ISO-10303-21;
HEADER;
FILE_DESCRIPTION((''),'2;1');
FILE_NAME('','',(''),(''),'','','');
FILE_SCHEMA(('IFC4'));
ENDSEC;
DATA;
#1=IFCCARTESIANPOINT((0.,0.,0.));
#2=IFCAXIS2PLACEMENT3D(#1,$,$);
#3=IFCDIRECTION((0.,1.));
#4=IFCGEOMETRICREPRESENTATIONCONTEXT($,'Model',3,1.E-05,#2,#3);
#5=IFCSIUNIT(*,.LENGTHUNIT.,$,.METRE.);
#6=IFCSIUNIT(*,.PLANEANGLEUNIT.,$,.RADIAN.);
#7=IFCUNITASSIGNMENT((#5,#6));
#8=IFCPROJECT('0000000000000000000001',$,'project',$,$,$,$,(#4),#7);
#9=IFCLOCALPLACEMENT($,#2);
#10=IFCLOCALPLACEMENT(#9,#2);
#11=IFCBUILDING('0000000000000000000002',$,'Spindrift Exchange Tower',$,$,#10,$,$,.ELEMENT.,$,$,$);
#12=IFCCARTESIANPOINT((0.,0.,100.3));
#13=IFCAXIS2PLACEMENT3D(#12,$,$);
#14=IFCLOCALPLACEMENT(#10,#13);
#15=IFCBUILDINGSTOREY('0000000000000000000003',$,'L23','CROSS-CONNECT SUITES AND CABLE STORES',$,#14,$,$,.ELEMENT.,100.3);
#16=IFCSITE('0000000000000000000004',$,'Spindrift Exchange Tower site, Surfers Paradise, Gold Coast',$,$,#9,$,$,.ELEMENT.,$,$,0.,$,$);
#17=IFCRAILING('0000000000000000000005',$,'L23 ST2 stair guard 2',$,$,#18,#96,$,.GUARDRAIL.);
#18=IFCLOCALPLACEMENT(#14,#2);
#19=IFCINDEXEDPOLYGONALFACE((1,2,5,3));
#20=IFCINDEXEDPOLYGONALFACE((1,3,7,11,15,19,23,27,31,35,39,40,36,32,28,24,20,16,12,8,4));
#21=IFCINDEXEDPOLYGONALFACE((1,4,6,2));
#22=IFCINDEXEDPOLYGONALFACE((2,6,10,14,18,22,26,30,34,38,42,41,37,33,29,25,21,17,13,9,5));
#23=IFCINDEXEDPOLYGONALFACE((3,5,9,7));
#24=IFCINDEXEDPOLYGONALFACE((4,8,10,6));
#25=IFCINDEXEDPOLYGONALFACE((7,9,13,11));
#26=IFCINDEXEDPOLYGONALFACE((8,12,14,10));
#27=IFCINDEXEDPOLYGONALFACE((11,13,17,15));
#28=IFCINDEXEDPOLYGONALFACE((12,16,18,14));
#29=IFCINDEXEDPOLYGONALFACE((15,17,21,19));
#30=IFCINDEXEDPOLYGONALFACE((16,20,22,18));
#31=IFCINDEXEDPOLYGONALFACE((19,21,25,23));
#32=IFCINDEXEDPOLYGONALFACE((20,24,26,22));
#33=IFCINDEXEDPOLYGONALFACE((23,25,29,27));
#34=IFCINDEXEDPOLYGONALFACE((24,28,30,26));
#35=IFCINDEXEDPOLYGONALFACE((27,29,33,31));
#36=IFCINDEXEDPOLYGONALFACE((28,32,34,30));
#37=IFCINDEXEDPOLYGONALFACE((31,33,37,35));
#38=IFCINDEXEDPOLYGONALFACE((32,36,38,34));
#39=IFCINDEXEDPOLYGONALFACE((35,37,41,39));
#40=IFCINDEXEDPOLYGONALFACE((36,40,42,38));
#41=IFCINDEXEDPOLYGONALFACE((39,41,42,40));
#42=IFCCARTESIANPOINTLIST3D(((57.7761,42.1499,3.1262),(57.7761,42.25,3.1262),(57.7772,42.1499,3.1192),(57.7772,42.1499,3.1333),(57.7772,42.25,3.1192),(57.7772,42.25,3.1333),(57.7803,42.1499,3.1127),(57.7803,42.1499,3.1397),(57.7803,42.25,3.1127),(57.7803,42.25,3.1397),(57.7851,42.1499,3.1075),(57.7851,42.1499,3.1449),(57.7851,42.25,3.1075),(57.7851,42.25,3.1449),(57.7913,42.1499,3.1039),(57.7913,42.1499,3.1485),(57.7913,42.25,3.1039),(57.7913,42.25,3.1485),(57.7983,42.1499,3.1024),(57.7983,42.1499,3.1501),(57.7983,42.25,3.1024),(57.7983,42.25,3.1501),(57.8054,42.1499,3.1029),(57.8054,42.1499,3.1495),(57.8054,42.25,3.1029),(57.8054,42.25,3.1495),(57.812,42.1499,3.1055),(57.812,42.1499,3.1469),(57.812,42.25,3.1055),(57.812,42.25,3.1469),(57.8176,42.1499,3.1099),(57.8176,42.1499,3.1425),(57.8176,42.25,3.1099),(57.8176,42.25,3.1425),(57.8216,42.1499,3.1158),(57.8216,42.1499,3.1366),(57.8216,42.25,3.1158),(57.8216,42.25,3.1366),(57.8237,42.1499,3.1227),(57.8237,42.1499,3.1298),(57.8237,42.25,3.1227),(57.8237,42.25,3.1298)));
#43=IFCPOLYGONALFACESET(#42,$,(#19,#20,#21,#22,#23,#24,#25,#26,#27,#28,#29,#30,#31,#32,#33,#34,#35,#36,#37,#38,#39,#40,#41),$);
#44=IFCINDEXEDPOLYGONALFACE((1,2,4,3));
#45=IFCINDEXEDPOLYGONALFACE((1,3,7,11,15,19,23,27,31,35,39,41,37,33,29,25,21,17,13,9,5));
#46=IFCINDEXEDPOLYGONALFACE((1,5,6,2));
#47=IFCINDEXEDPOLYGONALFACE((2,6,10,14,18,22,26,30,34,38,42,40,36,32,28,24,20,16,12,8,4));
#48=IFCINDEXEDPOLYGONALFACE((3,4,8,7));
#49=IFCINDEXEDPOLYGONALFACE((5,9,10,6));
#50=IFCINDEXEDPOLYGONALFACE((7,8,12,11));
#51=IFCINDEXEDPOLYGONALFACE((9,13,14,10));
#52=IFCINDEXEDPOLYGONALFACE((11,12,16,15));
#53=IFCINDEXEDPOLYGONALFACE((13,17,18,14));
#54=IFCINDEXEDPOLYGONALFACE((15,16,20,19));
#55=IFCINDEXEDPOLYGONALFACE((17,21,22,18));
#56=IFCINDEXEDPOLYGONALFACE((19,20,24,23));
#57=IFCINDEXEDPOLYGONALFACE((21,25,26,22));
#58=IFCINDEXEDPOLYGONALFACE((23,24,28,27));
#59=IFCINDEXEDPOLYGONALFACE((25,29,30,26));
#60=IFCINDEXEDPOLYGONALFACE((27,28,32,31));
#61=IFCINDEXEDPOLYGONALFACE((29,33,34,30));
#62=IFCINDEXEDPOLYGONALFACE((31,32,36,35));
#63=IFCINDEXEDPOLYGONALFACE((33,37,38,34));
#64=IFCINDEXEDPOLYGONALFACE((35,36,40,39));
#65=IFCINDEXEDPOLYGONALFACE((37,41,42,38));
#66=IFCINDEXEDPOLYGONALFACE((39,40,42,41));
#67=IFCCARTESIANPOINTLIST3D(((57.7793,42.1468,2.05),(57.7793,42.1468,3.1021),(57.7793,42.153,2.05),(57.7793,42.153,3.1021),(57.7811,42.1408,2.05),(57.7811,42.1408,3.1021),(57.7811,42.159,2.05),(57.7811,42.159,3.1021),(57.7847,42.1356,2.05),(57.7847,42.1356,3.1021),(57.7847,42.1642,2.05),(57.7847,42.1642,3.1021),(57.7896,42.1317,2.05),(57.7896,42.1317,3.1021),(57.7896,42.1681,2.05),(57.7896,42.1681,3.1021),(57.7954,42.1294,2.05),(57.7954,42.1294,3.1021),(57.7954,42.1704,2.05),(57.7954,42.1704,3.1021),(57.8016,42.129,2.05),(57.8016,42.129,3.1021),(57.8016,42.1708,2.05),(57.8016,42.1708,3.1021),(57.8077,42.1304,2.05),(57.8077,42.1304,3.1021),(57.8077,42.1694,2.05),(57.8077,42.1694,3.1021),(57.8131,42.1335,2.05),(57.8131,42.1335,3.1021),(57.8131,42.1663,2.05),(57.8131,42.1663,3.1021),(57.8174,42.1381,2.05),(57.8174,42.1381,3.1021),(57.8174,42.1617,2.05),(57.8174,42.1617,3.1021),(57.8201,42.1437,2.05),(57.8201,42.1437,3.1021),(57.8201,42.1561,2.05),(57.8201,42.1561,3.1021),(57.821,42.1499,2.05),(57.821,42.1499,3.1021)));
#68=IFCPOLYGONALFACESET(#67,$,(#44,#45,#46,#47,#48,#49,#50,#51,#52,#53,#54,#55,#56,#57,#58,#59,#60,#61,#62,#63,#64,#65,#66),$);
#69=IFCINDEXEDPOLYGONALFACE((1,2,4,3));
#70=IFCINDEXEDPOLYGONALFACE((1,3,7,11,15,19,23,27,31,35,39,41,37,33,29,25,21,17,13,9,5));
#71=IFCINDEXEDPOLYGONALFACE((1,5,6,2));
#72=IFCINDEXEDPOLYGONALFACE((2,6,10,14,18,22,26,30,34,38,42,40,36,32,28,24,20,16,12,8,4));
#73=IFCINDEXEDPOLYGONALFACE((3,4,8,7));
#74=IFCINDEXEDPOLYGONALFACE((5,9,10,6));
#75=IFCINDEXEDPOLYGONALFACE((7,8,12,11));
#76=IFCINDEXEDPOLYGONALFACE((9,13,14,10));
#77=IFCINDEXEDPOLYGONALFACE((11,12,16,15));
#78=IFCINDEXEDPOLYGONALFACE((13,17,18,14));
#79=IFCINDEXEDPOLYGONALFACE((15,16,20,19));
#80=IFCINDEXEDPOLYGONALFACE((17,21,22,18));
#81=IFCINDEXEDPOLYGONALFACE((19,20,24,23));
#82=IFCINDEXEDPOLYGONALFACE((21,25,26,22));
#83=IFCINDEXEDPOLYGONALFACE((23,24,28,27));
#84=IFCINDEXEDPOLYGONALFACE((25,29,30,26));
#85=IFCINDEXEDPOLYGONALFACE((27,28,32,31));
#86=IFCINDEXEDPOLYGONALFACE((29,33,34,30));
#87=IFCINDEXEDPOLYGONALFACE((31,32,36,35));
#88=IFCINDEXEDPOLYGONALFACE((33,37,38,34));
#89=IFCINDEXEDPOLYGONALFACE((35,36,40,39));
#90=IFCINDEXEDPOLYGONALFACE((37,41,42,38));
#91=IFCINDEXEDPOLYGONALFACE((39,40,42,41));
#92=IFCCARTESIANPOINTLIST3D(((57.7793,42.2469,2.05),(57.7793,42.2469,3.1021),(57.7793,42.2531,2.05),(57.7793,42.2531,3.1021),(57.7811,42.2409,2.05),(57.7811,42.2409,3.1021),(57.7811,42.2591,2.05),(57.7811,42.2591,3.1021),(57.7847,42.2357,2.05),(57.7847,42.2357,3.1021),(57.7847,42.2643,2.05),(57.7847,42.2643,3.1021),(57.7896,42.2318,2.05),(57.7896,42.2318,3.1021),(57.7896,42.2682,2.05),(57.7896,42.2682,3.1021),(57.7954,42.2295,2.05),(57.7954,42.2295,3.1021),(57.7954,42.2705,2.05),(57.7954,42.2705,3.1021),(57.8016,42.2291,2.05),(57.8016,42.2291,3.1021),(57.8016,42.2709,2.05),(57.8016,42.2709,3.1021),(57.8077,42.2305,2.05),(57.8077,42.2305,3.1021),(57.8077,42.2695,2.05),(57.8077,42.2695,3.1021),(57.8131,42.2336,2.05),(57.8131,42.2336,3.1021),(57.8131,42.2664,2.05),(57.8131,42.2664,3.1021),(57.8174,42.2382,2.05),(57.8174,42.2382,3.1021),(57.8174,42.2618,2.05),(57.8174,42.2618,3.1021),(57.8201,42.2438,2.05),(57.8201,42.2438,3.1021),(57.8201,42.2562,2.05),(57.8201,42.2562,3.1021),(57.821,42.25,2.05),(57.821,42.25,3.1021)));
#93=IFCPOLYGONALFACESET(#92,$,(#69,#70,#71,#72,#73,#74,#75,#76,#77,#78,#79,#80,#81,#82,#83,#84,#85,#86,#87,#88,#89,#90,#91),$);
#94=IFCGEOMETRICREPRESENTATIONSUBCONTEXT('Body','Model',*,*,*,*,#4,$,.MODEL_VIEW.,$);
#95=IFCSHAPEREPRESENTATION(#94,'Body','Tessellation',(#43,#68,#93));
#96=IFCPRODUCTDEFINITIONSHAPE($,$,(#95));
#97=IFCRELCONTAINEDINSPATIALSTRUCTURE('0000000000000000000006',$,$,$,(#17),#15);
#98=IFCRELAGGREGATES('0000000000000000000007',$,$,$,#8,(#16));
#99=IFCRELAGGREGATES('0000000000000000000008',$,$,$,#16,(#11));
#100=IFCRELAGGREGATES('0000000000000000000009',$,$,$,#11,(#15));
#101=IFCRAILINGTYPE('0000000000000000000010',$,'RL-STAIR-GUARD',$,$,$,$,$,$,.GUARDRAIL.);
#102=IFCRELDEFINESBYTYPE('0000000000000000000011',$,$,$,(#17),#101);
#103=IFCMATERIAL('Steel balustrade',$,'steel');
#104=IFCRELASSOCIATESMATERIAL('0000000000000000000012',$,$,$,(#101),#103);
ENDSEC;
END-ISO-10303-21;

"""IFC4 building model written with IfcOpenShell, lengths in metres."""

from ifc_helpers import new_model, si_unit, direction, frame, origin, origin_2d, place, context, subcontext, project, spatial, circle, extrude, material, type_object, element, save


model = new_model("IFC4")

# Units and contexts
model_context = context("Model", 3, precision=1e-05, world=origin(), true_north=direction((0.0, 1.0)))
body_context = subcontext(model_context, "Body", "Model", "MODEL_VIEW")
ifc_project = project(units=[si_unit("LENGTHUNIT", "METRE"), si_unit("PLANEANGLEUNIT", "RADIAN")], contexts=[model_context])

# Site, building, storey
site_placement = place(None, origin())
site = spatial("IfcSite", under=ifc_project, at=site_placement, Name="Spindrift Exchange Tower site, Surfers Paradise, Gold Coast", CompositionType="ELEMENT", RefElevation=0.0)
building_placement = place(site_placement, origin())
building = spatial("IfcBuilding", under=site, at=building_placement, Name="Spindrift Exchange Tower", CompositionType="ELEMENT")
storey_placement = place(building_placement, frame((0.0, 0.0, 100.3)))
storey = spatial("IfcBuildingStorey", under=building, at=storey_placement, Name="L23", Description="CROSS-CONNECT SUITES AND CABLE STORES", CompositionType="ELEMENT", Elevation=100.3)

# Railing
ifc_material_1 = material(Name="Steel balustrade", Category="steel")
railing_type_1 = type_object("IfcRailingType", Name="RL-STAIR-GUARD", PredefinedType="GUARDRAIL", material=ifc_material_1)
railing_1_placement = place(storey_placement, frame((57.8, 42.1499, 2.05)))
element("IfcRailing", 1, at=railing_1_placement, inside=storey, type_object=railing_type_1, Name="L23 ST2 stair guard 2", PredefinedType="GUARDRAIL", context=body_context, shape_type="SweptSolid", body=[
    extrude(circle(Radius=0.0239, at=origin_2d()), frame((0.0, 0.0, 1.0762), z_axis=(0.0, 1.0, 0.0), x_axis=(-1.0, 0.0, 0.0)), (0.0, 0.0, 1.0), 0.1001),
    extrude(circle(Radius=0.021, at=origin_2d()), origin(), (0.0, 0.0, 1.0), 1.052),
    extrude(circle(Radius=0.021, at=origin_2d()), frame((0.0, 0.1001, 0.0)), (0.0, 0.0, 1.0), 1.052),
])

save(model, "model.ifc")
